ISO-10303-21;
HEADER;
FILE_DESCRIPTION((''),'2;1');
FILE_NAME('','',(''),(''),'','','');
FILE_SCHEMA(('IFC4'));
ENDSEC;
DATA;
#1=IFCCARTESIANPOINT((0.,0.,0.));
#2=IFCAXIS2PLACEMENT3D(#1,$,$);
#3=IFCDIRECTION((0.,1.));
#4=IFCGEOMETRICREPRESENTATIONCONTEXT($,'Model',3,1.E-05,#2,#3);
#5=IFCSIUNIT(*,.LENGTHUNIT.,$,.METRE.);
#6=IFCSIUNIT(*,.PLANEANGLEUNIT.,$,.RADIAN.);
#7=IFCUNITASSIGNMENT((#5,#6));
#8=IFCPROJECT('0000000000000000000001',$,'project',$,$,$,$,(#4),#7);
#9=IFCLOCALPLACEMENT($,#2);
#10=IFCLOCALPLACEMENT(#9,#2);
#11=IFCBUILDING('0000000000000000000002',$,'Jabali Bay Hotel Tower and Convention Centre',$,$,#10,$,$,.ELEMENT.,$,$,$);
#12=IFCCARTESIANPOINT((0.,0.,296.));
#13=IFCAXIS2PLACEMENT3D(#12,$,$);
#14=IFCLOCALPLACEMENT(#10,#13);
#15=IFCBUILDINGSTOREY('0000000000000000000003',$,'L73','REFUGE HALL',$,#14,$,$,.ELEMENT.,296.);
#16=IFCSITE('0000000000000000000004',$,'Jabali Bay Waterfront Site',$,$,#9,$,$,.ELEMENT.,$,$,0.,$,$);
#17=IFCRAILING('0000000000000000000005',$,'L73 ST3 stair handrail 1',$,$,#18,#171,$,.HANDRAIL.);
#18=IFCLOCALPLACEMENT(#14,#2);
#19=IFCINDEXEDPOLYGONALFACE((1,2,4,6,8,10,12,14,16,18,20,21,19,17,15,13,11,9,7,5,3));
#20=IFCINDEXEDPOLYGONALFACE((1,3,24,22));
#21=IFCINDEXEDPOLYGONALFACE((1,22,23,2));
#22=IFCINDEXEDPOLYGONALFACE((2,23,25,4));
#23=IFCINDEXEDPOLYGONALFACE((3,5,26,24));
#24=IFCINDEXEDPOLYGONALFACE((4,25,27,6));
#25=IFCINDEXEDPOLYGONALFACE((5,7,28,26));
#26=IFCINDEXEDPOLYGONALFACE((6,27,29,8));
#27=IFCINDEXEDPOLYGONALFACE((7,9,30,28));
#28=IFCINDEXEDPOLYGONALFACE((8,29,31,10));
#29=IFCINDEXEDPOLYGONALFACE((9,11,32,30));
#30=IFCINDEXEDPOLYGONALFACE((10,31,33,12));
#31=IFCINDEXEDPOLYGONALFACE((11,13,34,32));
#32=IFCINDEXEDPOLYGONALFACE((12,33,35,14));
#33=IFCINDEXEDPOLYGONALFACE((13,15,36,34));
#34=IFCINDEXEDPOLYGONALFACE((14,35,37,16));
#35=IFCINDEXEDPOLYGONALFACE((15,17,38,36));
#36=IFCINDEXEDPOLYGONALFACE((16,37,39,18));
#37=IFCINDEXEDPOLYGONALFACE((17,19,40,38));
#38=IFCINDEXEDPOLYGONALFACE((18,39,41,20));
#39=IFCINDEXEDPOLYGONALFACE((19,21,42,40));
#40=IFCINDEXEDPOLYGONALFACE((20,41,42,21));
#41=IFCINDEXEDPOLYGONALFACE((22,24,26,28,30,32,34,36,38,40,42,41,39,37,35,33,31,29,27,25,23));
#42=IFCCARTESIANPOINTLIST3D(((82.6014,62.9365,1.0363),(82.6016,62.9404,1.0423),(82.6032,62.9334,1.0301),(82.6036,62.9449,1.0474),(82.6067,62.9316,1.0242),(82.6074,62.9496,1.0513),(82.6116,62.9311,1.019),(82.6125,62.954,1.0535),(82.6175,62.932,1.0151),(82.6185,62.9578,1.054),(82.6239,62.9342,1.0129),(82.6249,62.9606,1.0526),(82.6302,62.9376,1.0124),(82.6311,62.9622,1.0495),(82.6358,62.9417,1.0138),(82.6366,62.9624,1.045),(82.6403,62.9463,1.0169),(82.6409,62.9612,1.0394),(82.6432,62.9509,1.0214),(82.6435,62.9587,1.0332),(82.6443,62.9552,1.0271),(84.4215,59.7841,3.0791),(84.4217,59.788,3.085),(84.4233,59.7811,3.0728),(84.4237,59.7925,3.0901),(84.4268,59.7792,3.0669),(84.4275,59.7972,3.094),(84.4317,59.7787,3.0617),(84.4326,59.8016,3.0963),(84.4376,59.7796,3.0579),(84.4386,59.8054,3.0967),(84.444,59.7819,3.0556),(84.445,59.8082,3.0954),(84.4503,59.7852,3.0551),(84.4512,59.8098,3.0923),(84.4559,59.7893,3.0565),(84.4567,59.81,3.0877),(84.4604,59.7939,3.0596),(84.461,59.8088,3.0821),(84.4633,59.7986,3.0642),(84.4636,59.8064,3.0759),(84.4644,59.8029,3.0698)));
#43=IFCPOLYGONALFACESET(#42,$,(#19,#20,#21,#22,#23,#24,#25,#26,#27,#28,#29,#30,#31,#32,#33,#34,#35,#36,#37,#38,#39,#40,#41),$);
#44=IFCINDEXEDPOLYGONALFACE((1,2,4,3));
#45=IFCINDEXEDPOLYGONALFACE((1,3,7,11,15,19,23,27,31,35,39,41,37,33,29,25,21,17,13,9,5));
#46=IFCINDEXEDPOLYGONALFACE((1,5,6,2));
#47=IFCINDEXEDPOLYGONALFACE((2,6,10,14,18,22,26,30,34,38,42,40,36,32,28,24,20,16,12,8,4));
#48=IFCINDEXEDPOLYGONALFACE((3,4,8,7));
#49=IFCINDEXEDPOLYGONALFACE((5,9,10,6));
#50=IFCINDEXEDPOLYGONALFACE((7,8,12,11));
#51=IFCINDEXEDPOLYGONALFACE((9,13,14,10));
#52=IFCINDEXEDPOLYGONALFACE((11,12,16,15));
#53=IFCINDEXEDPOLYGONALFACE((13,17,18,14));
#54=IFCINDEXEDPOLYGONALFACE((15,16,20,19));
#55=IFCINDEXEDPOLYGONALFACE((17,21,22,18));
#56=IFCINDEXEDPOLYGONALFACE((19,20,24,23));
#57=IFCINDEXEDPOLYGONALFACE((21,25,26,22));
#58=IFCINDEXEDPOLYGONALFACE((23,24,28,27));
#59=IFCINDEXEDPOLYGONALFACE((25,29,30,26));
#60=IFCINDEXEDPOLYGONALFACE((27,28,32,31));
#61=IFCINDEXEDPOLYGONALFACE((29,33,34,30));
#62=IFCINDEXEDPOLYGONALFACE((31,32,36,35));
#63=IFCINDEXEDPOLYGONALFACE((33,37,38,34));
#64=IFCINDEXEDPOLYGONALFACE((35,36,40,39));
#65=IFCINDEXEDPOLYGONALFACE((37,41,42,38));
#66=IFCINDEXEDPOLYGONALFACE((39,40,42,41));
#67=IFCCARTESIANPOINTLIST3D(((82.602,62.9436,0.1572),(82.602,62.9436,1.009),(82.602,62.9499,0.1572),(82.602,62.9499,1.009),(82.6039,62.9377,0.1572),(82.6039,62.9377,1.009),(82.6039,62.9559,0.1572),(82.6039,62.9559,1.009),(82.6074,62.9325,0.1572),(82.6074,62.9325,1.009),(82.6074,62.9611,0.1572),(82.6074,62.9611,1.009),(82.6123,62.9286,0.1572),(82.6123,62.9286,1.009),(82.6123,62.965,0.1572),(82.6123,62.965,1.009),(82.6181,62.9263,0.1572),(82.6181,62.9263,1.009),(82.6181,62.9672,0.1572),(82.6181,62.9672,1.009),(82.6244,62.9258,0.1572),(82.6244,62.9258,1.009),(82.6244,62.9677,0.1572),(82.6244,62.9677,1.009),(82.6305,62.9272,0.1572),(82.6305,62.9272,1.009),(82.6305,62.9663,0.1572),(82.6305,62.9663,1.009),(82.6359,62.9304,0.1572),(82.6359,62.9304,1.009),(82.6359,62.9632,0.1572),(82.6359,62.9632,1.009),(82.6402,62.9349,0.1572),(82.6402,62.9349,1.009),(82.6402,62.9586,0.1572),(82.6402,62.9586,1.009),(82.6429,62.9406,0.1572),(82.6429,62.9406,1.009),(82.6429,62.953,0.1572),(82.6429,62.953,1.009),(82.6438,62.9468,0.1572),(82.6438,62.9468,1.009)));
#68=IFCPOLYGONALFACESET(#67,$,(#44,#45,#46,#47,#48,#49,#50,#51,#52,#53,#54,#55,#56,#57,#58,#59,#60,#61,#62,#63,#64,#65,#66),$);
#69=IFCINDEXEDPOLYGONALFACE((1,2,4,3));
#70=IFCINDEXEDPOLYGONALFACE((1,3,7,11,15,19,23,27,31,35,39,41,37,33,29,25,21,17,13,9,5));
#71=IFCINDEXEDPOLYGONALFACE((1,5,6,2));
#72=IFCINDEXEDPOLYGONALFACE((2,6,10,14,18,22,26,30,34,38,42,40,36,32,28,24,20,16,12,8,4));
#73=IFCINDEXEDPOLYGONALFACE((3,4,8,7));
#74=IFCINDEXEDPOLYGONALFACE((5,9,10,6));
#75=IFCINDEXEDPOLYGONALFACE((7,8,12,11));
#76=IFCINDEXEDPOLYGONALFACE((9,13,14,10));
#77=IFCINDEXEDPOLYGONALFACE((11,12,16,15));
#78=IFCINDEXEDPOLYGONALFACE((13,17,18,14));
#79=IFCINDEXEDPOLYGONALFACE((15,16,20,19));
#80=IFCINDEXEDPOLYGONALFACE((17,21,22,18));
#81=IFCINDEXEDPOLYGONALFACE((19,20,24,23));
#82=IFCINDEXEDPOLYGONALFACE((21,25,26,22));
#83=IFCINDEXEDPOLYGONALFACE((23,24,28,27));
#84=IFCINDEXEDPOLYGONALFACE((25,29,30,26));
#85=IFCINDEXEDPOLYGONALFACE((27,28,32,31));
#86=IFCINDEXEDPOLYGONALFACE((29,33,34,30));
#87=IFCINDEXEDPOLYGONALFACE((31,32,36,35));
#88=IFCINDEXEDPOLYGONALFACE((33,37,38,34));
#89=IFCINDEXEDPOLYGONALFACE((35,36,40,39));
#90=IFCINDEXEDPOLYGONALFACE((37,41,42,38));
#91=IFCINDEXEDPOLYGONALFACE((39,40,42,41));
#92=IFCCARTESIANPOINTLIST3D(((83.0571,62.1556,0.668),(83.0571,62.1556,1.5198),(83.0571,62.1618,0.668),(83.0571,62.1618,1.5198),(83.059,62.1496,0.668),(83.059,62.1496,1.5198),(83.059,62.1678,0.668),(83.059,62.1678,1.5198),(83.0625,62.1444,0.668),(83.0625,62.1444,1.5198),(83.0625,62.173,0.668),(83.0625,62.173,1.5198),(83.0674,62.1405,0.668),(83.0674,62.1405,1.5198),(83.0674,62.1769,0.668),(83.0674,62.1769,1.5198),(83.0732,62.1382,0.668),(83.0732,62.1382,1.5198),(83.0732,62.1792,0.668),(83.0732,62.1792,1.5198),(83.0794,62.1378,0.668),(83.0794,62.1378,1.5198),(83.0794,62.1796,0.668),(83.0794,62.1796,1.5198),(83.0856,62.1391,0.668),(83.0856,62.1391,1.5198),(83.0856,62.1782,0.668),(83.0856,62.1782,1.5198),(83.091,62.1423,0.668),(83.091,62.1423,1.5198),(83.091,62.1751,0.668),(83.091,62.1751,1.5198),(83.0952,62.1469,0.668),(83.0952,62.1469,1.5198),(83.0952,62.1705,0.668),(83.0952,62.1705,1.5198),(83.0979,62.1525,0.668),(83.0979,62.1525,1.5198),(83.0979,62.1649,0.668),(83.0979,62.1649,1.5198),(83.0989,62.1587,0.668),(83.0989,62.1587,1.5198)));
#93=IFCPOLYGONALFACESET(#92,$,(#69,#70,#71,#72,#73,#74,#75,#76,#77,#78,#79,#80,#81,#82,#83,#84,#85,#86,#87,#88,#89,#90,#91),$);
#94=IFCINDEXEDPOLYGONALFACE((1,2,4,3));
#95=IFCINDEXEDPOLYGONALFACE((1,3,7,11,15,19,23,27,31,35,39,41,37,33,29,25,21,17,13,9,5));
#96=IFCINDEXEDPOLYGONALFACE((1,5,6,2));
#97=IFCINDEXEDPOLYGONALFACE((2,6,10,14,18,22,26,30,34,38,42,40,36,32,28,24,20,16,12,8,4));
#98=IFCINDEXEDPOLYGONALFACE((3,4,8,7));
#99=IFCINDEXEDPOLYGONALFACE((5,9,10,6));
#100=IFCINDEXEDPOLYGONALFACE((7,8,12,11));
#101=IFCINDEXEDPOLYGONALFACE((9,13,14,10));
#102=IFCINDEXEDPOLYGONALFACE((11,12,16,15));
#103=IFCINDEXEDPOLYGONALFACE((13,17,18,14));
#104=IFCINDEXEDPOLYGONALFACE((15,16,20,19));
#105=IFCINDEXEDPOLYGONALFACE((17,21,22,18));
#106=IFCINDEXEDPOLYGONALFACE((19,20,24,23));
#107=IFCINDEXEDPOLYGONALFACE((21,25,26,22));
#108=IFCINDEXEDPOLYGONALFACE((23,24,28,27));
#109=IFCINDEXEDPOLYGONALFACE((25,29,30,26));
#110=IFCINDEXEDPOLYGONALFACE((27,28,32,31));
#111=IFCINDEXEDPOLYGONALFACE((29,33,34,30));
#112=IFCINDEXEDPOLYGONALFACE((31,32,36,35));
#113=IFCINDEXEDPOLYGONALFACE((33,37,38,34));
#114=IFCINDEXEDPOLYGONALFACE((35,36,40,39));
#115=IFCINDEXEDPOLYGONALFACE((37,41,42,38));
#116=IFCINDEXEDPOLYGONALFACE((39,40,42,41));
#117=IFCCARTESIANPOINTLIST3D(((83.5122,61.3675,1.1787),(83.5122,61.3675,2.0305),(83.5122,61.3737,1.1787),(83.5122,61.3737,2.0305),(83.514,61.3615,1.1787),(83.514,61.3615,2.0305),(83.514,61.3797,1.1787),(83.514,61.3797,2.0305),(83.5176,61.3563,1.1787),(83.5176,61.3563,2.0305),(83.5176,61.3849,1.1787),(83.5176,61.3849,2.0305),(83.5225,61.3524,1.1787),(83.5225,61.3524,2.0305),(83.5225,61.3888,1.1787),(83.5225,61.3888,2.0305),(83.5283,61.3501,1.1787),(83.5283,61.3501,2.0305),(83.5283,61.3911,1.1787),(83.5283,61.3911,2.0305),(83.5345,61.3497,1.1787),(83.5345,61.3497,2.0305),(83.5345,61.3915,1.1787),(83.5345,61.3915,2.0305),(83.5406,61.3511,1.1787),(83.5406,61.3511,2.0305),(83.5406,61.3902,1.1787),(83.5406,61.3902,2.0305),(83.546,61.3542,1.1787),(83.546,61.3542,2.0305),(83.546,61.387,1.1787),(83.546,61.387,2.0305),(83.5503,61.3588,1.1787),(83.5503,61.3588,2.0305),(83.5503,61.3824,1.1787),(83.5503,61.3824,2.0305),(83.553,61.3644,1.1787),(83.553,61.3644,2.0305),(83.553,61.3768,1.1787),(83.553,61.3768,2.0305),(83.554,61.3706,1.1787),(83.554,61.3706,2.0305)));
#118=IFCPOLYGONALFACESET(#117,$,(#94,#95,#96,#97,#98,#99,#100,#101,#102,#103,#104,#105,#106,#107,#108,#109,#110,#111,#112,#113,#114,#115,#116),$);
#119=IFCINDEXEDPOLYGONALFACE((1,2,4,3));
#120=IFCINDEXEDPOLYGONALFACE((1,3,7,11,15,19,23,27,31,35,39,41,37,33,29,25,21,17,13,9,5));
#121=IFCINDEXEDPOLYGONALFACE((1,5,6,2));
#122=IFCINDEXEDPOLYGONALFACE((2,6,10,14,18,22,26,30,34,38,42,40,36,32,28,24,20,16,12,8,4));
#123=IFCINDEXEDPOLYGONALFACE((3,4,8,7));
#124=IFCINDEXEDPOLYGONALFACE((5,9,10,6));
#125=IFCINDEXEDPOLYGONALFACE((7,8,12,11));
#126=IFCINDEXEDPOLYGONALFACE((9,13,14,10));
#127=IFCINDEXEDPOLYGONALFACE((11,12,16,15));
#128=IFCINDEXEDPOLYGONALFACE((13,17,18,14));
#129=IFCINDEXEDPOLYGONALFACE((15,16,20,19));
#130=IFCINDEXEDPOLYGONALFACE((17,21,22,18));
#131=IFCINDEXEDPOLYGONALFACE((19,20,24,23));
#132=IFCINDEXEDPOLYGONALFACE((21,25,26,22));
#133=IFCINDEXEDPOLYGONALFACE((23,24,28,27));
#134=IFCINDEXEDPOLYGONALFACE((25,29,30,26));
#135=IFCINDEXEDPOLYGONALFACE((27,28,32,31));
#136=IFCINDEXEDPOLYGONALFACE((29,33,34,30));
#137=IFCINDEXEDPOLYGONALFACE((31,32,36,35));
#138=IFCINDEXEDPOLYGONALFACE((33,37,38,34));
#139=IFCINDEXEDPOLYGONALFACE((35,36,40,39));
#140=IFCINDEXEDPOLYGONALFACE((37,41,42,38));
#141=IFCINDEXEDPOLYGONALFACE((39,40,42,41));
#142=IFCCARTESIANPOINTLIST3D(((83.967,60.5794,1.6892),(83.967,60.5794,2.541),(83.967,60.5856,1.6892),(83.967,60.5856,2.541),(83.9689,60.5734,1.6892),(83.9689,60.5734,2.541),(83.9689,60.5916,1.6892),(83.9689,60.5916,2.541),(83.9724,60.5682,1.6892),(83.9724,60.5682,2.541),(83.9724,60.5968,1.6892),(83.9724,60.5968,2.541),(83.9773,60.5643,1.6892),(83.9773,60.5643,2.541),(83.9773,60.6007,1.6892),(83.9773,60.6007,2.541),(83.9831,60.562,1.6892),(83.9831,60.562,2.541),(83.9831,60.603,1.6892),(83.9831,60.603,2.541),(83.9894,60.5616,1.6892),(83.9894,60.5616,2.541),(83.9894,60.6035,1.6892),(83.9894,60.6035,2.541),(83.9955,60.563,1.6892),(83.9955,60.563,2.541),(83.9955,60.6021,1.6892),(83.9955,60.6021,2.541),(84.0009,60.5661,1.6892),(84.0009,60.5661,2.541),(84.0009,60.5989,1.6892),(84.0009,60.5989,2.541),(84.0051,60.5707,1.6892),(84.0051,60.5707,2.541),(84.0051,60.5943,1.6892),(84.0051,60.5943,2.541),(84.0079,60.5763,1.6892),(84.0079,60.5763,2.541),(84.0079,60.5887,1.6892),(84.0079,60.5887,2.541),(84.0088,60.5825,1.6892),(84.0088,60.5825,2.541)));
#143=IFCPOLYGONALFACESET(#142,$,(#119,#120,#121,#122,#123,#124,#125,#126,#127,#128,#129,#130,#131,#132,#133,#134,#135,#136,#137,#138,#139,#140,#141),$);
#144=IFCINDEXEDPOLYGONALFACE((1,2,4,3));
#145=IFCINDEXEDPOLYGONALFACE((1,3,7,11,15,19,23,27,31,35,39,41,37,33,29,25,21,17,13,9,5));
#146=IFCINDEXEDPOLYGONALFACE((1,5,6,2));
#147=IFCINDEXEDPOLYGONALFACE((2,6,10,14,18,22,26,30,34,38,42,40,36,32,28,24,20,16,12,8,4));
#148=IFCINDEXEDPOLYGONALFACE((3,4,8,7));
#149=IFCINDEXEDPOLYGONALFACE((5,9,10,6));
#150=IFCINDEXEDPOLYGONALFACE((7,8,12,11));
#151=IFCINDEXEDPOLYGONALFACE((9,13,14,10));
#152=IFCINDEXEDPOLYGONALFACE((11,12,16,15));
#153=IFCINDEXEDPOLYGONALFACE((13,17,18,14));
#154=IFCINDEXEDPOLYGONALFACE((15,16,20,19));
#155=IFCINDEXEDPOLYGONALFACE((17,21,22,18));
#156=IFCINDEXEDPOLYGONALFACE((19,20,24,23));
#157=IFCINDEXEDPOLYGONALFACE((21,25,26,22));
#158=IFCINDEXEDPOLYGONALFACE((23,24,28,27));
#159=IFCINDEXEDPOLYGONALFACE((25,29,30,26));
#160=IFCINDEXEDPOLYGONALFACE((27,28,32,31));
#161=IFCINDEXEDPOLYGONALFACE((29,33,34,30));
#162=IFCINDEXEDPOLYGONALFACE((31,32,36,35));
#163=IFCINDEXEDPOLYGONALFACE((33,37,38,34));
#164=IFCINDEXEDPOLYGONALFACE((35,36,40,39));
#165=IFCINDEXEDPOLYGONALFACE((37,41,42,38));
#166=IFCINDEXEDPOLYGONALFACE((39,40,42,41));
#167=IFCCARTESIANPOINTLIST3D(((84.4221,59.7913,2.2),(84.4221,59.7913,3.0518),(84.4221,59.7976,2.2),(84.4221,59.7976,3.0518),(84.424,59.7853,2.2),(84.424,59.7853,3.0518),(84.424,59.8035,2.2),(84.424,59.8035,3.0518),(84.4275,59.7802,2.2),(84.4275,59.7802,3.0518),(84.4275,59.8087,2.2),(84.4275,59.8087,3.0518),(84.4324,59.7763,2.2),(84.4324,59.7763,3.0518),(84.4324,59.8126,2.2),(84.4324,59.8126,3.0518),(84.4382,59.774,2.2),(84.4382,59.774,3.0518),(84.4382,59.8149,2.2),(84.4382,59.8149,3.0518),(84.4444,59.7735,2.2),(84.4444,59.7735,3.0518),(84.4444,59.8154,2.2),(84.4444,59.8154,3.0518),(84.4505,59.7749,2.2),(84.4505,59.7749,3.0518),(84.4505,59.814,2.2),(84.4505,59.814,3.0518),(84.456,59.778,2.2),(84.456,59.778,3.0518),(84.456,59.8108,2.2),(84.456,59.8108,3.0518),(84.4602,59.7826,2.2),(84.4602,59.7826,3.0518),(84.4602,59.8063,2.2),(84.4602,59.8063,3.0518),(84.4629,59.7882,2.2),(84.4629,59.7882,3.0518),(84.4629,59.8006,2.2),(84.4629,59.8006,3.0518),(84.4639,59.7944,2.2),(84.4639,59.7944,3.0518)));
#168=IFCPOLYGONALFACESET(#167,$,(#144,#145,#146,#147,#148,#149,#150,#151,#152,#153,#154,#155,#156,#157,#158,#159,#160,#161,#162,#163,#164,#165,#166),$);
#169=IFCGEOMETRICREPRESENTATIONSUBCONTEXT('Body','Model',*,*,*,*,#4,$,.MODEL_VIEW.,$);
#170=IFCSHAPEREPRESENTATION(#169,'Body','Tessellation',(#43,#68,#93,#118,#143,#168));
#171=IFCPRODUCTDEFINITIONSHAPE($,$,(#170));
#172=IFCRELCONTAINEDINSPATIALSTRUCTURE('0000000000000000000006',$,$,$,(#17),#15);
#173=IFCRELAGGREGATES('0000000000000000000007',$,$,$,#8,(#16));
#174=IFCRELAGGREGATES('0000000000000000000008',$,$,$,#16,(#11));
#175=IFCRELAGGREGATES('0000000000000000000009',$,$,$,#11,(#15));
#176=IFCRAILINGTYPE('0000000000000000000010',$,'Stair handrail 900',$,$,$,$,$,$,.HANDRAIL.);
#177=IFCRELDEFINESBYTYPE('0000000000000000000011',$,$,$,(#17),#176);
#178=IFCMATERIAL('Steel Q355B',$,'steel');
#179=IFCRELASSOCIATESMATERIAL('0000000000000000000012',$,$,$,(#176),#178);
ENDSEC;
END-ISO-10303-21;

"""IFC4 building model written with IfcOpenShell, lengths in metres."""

from ifc_helpers import new_model, si_unit, direction, frame, origin, origin_2d, place, context, subcontext, project, spatial, circle, extrude, material, type_object, element, save


model = new_model("IFC4")

# Units and contexts
model_context = context("Model", 3, precision=1e-05, world=origin(), true_north=direction((0.0, 1.0)))
body_context = subcontext(model_context, "Body", "Model", "MODEL_VIEW")
ifc_project = project(units=[si_unit("LENGTHUNIT", "METRE"), si_unit("PLANEANGLEUNIT", "RADIAN")], contexts=[model_context])

# Site, building, storey
site_placement = place(None, origin())
site = spatial("IfcSite", under=ifc_project, at=site_placement, Name="Jabali Bay Waterfront Site", CompositionType="ELEMENT", RefElevation=0.0)
building_placement = place(site_placement, origin())
building = spatial("IfcBuilding", under=site, at=building_placement, Name="Jabali Bay Hotel Tower and Convention Centre", CompositionType="ELEMENT")
storey_placement = place(building_placement, frame((0.0, 0.0, 296.0)))
storey = spatial("IfcBuildingStorey", under=building, at=storey_placement, Name="L73", Description="REFUGE HALL", CompositionType="ELEMENT", Elevation=296.0)

# Railing
ifc_material_1 = material(Name="Steel Q355B", Category="steel")
railing_type_1 = type_object("IfcRailingType", Name="Stair handrail 900", PredefinedType="HANDRAIL", material=ifc_material_1)
railing_1_placement = place(storey_placement, frame((82.6228, 62.9468, 0.1572)))
element("IfcRailing", 1, at=railing_1_placement, inside=storey, type_object=railing_type_1, Name="L73 ST3 stair handrail 1", PredefinedType="HANDRAIL", context=body_context, shape_type="SweptSolid", body=[
    extrude(circle(Radius=0.0239, at=origin_2d()), frame((0.0, 0.0, 0.876), z_axis=(0.436044, -0.755225, 0.489387), x_axis=(0.866018, 0.500013, 0.0)), (0.0, 0.0, 1.0), 4.1741),
    extrude(circle(Radius=0.021, at=origin_2d()), origin(), (0.0, 0.0, 1.0), 0.8518),
    extrude(circle(Radius=0.021, at=origin_2d()), frame((0.4551, -0.7881, 0.5107)), (0.0, 0.0, 1.0), 0.8518),
    extrude(circle(Radius=0.021, at=origin_2d()), frame((0.9102, -1.5762, 1.0215)), (0.0, 0.0, 1.0), 0.8518),
    extrude(circle(Radius=0.021, at=origin_2d()), frame((1.365, -2.3643, 1.532)), (0.0, 0.0, 1.0), 0.8518),
    extrude(circle(Radius=0.021, at=origin_2d()), frame((1.8201, -3.1523, 2.0427)), (0.0, 0.0, 1.0), 0.8518),
])

save(model, "model.ifc")
